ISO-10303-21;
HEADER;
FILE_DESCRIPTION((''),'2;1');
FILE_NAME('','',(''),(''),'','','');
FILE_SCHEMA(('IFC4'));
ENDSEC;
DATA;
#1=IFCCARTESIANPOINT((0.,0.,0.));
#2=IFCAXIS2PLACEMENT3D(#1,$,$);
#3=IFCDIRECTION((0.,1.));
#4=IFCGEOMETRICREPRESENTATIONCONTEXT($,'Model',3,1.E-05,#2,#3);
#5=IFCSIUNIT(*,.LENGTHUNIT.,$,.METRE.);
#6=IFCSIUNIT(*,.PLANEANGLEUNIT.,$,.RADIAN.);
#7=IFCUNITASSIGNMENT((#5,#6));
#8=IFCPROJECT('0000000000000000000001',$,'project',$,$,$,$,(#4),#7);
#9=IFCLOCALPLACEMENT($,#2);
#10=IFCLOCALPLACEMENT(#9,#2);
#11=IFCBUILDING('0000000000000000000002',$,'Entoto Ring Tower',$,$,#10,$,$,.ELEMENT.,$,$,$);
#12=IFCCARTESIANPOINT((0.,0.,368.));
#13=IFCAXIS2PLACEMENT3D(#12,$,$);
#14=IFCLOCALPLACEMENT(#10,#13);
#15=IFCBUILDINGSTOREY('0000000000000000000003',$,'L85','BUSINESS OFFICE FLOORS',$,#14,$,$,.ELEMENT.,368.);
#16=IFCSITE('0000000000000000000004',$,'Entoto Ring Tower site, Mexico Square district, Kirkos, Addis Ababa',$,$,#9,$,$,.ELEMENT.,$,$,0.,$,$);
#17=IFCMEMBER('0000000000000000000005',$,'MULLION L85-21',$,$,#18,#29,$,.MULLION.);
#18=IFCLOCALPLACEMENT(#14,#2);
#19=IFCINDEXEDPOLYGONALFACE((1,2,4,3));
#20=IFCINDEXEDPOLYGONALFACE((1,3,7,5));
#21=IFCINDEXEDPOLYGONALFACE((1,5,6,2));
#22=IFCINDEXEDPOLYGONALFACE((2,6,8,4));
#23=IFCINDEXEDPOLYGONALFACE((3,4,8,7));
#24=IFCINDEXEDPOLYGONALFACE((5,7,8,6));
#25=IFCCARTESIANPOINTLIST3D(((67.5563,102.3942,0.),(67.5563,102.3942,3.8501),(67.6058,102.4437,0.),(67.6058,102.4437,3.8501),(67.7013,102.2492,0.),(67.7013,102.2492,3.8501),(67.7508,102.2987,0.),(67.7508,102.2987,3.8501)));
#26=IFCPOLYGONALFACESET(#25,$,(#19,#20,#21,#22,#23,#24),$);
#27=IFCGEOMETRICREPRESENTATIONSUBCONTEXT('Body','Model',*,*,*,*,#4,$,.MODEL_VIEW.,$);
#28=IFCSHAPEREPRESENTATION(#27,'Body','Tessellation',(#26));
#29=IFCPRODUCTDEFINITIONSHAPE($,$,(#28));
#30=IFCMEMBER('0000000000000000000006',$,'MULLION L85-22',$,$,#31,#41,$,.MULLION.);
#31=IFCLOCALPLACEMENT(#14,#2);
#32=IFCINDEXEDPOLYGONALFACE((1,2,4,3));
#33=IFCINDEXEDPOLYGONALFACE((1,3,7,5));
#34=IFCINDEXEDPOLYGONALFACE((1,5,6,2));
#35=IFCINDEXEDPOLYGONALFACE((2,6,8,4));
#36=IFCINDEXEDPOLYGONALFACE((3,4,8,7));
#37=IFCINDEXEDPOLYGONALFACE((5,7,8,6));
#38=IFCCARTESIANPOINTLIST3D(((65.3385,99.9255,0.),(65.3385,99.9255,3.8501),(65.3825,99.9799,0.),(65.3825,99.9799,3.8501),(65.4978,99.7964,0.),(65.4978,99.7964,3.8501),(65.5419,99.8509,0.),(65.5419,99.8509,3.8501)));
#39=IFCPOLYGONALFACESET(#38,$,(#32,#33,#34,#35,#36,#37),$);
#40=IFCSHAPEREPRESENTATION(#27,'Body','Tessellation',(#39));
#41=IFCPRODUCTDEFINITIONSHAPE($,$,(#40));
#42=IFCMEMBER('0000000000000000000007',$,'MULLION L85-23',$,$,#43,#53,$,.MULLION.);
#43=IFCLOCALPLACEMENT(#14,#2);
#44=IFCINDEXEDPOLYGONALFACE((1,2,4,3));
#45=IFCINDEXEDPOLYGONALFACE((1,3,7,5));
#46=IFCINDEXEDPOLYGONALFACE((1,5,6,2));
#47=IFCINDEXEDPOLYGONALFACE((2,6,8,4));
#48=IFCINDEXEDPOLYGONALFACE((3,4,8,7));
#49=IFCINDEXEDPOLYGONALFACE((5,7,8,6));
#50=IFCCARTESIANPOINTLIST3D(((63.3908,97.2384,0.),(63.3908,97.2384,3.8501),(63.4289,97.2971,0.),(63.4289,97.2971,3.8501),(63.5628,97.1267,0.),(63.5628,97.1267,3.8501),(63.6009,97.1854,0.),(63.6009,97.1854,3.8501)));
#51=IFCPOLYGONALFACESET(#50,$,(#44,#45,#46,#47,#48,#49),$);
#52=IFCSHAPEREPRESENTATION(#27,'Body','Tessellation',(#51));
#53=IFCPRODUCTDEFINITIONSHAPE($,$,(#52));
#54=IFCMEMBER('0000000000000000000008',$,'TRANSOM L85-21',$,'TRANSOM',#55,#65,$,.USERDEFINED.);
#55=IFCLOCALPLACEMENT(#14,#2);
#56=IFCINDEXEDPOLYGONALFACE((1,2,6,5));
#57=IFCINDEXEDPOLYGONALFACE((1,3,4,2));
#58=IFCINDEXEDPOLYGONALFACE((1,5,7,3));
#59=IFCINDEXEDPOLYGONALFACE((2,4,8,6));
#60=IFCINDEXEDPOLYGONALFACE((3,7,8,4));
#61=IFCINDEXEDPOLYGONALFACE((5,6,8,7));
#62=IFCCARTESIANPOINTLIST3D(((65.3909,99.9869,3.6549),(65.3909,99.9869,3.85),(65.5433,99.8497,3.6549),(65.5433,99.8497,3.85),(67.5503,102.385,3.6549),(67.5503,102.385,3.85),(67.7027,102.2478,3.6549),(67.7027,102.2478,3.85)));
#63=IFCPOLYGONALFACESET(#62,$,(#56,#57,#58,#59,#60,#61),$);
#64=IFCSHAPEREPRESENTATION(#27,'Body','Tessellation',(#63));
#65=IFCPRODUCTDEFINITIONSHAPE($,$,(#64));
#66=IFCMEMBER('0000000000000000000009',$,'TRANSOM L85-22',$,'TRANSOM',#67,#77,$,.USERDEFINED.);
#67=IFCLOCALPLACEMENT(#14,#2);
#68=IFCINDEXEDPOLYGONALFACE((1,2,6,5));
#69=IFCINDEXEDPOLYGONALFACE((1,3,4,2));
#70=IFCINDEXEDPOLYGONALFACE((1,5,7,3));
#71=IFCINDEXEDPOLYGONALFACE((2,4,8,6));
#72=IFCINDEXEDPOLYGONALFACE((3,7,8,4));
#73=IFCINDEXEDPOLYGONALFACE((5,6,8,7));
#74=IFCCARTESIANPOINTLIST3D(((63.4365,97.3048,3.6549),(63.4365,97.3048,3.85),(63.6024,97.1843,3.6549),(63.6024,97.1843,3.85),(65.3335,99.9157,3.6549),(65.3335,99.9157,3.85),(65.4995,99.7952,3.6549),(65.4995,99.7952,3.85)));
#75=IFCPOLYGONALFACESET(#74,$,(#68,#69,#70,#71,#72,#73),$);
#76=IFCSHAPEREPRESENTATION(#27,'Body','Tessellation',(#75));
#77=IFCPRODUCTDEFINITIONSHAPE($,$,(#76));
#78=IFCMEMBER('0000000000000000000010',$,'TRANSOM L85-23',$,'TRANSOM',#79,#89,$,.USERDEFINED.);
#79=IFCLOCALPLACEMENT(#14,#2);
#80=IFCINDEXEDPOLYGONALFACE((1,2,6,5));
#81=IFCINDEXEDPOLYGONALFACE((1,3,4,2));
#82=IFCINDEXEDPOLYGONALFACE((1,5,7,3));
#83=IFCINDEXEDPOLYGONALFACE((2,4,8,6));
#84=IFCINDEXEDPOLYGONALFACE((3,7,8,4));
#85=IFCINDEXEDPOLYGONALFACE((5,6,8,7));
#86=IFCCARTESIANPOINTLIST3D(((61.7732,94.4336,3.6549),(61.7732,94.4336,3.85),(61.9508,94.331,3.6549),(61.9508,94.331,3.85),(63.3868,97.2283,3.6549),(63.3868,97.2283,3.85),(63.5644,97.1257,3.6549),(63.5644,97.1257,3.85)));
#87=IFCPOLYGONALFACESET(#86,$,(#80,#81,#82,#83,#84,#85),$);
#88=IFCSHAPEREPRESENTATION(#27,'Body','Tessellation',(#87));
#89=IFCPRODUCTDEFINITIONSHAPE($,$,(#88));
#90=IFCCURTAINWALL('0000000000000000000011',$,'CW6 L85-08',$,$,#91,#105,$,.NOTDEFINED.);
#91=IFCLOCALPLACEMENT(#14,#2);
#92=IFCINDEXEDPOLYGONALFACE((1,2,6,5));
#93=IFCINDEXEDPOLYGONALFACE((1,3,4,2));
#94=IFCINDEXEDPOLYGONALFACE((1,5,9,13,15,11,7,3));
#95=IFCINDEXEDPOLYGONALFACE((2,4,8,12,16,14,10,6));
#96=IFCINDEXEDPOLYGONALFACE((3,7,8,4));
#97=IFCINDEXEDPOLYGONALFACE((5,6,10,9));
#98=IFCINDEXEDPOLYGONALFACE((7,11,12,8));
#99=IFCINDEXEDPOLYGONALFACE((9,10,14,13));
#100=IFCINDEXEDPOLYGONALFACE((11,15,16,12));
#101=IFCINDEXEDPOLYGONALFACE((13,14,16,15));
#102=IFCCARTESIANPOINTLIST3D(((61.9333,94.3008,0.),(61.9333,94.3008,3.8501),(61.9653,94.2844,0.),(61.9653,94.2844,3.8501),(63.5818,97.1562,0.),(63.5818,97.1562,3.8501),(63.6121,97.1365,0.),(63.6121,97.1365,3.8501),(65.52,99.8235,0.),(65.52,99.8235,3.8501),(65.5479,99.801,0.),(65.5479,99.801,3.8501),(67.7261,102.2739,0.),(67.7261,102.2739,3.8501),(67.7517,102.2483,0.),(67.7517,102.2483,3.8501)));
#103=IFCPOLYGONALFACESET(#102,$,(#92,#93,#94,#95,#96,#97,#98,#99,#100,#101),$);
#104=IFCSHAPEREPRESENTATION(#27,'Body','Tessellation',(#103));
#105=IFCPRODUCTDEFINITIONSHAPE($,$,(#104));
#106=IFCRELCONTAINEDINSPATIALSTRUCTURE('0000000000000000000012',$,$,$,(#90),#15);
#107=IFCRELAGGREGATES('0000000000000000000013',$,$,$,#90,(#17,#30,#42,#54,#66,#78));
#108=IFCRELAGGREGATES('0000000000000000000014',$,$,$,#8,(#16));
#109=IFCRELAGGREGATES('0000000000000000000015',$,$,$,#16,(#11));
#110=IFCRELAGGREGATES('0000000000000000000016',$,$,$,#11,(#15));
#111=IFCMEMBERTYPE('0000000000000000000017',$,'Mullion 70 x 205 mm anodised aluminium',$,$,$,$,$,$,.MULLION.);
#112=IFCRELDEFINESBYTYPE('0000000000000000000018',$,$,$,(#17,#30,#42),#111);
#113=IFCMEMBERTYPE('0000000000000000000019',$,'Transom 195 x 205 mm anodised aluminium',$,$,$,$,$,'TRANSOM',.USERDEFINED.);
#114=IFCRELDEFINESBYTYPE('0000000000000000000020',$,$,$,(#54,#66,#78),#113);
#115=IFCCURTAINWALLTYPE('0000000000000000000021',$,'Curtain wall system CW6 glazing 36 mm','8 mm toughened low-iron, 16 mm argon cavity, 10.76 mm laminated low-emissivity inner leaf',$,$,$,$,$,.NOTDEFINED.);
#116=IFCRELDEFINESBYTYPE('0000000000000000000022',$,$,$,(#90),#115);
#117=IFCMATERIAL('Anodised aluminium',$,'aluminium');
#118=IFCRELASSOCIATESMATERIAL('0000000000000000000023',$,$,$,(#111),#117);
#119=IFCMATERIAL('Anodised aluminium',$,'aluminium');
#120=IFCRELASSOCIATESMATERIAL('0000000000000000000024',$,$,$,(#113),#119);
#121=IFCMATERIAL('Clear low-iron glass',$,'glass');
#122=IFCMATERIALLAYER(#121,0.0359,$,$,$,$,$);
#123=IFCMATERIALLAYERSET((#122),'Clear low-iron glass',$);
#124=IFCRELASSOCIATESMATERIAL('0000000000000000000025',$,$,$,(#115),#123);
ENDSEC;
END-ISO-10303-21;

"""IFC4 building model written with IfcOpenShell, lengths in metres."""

from ifc_helpers import new_model, si_unit, direction, frame, origin, origin_2d, place, context, subcontext, project, spatial, polyline, rectangle, outline, extrude, material, layer, layer_set, material_profile, profile_set, type_object, element, aggregate, save


model = new_model("IFC4")

# Units and contexts
model_context = context("Model", 3, precision=1e-05, world=origin(), true_north=direction((0.0, 1.0)))
body_context = subcontext(model_context, "Body", "Model", "MODEL_VIEW")
ifc_project = project(units=[si_unit("LENGTHUNIT", "METRE"), si_unit("PLANEANGLEUNIT", "RADIAN")], contexts=[model_context])

# Members
ifc_material_1 = material(Name="Anodised aluminium", Category="aluminium")
ifc_material_profile_1 = material_profile(ifc_material_1, rectangle(XDim=0.0701, YDim=0.2051, at=origin_2d()), Name="Mullion 70 x 205 mm anodised aluminium")
ifc_profile_set_1 = profile_set([ifc_material_profile_1], Name="Anodised aluminium")
member_type_1 = type_object("IfcMemberType", Name="Mullion 70 x 205 mm anodised aluminium", PredefinedType="MULLION", material=ifc_profile_set_1)
site_placement = place(None, origin())
building_placement = place(site_placement, origin())
storey_placement = place(building_placement, frame((0.0, 0.0, 368.0)))
member_1_placement = place(storey_placement, frame((67.6536, 102.3464, 0.0), z_axis=(0.0, 0.0, 1.0), x_axis=(-0.707107, -0.707107, 0.0)))
member_1 = element("IfcMember", 1, at=member_1_placement, type_object=member_type_1, Name="MULLION L85-21", PredefinedType="MULLION", context=body_context, shape_type="SweptSolid", body=[
    extrude(rectangle(XDim=0.0701, YDim=0.2051, at=origin_2d()), origin(), (0.0, 0.0, 1.0), 3.8501),
])
member_2_placement = place(storey_placement, frame((65.4402, 99.8882, 0.0), z_axis=(0.0, 0.0, 1.0), x_axis=(-0.62932, -0.777146, 0.0)))
member_2 = element("IfcMember", 2, at=member_2_placement, type_object=member_type_1, Name="MULLION L85-22", PredefinedType="MULLION", context=body_context, shape_type="SweptSolid", body=[
    extrude(rectangle(XDim=0.0701, YDim=0.2051, at=origin_2d()), origin(), (0.0, 0.0, 1.0), 3.8501),
])
member_3_placement = place(storey_placement, frame((63.4958, 97.2119, 0.0), z_axis=(0.0, 0.0, 1.0), x_axis=(-0.544639, -0.838671, 0.0)))
member_3 = element("IfcMember", 3, at=member_3_placement, type_object=member_type_1, Name="MULLION L85-23", PredefinedType="MULLION", context=body_context, shape_type="SweptSolid", body=[
    extrude(rectangle(XDim=0.0701, YDim=0.2051, at=origin_2d()), origin(), (0.0, 0.0, 1.0), 3.8501),
])
ifc_material_2 = material(Name="Anodised aluminium", Category="aluminium")
ifc_material_profile_2 = material_profile(ifc_material_2, rectangle(XDim=0.2051, YDim=0.1951, at=origin_2d()), Name="Transom 195 x 205 mm anodised aluminium")
ifc_profile_set_2 = profile_set([ifc_material_profile_2], Name="Anodised aluminium")
member_type_2 = type_object("IfcMemberType", Name="Transom 195 x 205 mm anodised aluminium", ElementType="TRANSOM", PredefinedType="USERDEFINED", material=ifc_profile_set_2)
member_4_placement = place(storey_placement, frame((67.6265, 102.3164, 3.7524), z_axis=(-0.669144, -0.743132, 0.0), x_axis=(0.743132, -0.669144, 0.0)))
member_4 = element("IfcMember", 4, at=member_4_placement, type_object=member_type_2, Name="TRANSOM L85-21", ObjectType="TRANSOM", PredefinedType="USERDEFINED", context=body_context, shape_type="SweptSolid", body=[
    extrude(rectangle(XDim=0.2051, YDim=0.1951, at=origin_2d()), origin(), (0.0, 0.0, 1.0), 3.2271),
])
member_5_placement = place(storey_placement, frame((65.4165, 99.8555, 3.7524), z_axis=(-0.587803, -0.809004, 0.0), x_axis=(0.809004, -0.587803, 0.0)))
member_5 = element("IfcMember", 5, at=member_5_placement, type_object=member_type_2, Name="TRANSOM L85-22", ObjectType="TRANSOM", PredefinedType="USERDEFINED", context=body_context, shape_type="SweptSolid", body=[
    extrude(rectangle(XDim=0.2051, YDim=0.1951, at=origin_2d()), origin(), (0.0, 0.0, 1.0), 3.2273),
])
member_6_placement = place(storey_placement, frame((63.4756, 97.177, 3.7524), z_axis=(-0.500004, -0.866023, 0.0), x_axis=(0.866023, -0.500004, 0.0)))
member_6 = element("IfcMember", 6, at=member_6_placement, type_object=member_type_2, Name="TRANSOM L85-23", ObjectType="TRANSOM", PredefinedType="USERDEFINED", context=body_context, shape_type="SweptSolid", body=[
    extrude(rectangle(XDim=0.2051, YDim=0.1951, at=origin_2d()), origin(), (0.0, 0.0, 1.0), 3.2271),
])

# Site, building, storey
site = spatial("IfcSite", under=ifc_project, at=site_placement, Name="Entoto Ring Tower site, Mexico Square district, Kirkos, Addis Ababa", CompositionType="ELEMENT", RefElevation=0.0)
building = spatial("IfcBuilding", under=site, at=building_placement, Name="Entoto Ring Tower", CompositionType="ELEMENT")
storey = spatial("IfcBuildingStorey", under=building, at=storey_placement, Name="L85", Description="BUSINESS OFFICE FLOORS", CompositionType="ELEMENT", Elevation=368.0)

# Curtain wall
ifc_material_3 = material(Name="Clear low-iron glass", Category="glass")
ifc_layer = layer(ifc_material_3, 0.0359)
ifc_layer_set = layer_set([ifc_layer], Name="Clear low-iron glass")
curtain_wall_type = type_object("IfcCurtainWallType", Name="Curtain wall system CW6 glazing 36 mm", Description="8 mm toughened low-iron, 16 mm argon cavity, 10.76 mm laminated low-emissivity inner leaf", PredefinedType="NOTDEFINED", material=ifc_layer_set)
curtain_wall_1_placement = place(storey_placement, origin())
curtain_wall_1 = element("IfcCurtainWall", 7, at=curtain_wall_1_placement, inside=storey, type_object=curtain_wall_type, Name="CW6 L85-08", PredefinedType="NOTDEFINED", context=body_context, shape_type="SweptSolid", body=[
    extrude(outline(polyline([(67.7261, 102.2739), (65.52, 99.8235), (63.5818, 97.1562), (61.9333, 94.3008), (61.9653, 94.2844), (63.6121, 97.1365), (65.5479, 99.801), (67.7517, 102.2483), (67.7261, 102.2739)])), origin(), (0.0, 0.0, 1.0), 3.8501),
])
aggregate(curtain_wall_1, [member_1, member_2, member_3, member_4, member_5, member_6])

save(model, "model.ifc")
